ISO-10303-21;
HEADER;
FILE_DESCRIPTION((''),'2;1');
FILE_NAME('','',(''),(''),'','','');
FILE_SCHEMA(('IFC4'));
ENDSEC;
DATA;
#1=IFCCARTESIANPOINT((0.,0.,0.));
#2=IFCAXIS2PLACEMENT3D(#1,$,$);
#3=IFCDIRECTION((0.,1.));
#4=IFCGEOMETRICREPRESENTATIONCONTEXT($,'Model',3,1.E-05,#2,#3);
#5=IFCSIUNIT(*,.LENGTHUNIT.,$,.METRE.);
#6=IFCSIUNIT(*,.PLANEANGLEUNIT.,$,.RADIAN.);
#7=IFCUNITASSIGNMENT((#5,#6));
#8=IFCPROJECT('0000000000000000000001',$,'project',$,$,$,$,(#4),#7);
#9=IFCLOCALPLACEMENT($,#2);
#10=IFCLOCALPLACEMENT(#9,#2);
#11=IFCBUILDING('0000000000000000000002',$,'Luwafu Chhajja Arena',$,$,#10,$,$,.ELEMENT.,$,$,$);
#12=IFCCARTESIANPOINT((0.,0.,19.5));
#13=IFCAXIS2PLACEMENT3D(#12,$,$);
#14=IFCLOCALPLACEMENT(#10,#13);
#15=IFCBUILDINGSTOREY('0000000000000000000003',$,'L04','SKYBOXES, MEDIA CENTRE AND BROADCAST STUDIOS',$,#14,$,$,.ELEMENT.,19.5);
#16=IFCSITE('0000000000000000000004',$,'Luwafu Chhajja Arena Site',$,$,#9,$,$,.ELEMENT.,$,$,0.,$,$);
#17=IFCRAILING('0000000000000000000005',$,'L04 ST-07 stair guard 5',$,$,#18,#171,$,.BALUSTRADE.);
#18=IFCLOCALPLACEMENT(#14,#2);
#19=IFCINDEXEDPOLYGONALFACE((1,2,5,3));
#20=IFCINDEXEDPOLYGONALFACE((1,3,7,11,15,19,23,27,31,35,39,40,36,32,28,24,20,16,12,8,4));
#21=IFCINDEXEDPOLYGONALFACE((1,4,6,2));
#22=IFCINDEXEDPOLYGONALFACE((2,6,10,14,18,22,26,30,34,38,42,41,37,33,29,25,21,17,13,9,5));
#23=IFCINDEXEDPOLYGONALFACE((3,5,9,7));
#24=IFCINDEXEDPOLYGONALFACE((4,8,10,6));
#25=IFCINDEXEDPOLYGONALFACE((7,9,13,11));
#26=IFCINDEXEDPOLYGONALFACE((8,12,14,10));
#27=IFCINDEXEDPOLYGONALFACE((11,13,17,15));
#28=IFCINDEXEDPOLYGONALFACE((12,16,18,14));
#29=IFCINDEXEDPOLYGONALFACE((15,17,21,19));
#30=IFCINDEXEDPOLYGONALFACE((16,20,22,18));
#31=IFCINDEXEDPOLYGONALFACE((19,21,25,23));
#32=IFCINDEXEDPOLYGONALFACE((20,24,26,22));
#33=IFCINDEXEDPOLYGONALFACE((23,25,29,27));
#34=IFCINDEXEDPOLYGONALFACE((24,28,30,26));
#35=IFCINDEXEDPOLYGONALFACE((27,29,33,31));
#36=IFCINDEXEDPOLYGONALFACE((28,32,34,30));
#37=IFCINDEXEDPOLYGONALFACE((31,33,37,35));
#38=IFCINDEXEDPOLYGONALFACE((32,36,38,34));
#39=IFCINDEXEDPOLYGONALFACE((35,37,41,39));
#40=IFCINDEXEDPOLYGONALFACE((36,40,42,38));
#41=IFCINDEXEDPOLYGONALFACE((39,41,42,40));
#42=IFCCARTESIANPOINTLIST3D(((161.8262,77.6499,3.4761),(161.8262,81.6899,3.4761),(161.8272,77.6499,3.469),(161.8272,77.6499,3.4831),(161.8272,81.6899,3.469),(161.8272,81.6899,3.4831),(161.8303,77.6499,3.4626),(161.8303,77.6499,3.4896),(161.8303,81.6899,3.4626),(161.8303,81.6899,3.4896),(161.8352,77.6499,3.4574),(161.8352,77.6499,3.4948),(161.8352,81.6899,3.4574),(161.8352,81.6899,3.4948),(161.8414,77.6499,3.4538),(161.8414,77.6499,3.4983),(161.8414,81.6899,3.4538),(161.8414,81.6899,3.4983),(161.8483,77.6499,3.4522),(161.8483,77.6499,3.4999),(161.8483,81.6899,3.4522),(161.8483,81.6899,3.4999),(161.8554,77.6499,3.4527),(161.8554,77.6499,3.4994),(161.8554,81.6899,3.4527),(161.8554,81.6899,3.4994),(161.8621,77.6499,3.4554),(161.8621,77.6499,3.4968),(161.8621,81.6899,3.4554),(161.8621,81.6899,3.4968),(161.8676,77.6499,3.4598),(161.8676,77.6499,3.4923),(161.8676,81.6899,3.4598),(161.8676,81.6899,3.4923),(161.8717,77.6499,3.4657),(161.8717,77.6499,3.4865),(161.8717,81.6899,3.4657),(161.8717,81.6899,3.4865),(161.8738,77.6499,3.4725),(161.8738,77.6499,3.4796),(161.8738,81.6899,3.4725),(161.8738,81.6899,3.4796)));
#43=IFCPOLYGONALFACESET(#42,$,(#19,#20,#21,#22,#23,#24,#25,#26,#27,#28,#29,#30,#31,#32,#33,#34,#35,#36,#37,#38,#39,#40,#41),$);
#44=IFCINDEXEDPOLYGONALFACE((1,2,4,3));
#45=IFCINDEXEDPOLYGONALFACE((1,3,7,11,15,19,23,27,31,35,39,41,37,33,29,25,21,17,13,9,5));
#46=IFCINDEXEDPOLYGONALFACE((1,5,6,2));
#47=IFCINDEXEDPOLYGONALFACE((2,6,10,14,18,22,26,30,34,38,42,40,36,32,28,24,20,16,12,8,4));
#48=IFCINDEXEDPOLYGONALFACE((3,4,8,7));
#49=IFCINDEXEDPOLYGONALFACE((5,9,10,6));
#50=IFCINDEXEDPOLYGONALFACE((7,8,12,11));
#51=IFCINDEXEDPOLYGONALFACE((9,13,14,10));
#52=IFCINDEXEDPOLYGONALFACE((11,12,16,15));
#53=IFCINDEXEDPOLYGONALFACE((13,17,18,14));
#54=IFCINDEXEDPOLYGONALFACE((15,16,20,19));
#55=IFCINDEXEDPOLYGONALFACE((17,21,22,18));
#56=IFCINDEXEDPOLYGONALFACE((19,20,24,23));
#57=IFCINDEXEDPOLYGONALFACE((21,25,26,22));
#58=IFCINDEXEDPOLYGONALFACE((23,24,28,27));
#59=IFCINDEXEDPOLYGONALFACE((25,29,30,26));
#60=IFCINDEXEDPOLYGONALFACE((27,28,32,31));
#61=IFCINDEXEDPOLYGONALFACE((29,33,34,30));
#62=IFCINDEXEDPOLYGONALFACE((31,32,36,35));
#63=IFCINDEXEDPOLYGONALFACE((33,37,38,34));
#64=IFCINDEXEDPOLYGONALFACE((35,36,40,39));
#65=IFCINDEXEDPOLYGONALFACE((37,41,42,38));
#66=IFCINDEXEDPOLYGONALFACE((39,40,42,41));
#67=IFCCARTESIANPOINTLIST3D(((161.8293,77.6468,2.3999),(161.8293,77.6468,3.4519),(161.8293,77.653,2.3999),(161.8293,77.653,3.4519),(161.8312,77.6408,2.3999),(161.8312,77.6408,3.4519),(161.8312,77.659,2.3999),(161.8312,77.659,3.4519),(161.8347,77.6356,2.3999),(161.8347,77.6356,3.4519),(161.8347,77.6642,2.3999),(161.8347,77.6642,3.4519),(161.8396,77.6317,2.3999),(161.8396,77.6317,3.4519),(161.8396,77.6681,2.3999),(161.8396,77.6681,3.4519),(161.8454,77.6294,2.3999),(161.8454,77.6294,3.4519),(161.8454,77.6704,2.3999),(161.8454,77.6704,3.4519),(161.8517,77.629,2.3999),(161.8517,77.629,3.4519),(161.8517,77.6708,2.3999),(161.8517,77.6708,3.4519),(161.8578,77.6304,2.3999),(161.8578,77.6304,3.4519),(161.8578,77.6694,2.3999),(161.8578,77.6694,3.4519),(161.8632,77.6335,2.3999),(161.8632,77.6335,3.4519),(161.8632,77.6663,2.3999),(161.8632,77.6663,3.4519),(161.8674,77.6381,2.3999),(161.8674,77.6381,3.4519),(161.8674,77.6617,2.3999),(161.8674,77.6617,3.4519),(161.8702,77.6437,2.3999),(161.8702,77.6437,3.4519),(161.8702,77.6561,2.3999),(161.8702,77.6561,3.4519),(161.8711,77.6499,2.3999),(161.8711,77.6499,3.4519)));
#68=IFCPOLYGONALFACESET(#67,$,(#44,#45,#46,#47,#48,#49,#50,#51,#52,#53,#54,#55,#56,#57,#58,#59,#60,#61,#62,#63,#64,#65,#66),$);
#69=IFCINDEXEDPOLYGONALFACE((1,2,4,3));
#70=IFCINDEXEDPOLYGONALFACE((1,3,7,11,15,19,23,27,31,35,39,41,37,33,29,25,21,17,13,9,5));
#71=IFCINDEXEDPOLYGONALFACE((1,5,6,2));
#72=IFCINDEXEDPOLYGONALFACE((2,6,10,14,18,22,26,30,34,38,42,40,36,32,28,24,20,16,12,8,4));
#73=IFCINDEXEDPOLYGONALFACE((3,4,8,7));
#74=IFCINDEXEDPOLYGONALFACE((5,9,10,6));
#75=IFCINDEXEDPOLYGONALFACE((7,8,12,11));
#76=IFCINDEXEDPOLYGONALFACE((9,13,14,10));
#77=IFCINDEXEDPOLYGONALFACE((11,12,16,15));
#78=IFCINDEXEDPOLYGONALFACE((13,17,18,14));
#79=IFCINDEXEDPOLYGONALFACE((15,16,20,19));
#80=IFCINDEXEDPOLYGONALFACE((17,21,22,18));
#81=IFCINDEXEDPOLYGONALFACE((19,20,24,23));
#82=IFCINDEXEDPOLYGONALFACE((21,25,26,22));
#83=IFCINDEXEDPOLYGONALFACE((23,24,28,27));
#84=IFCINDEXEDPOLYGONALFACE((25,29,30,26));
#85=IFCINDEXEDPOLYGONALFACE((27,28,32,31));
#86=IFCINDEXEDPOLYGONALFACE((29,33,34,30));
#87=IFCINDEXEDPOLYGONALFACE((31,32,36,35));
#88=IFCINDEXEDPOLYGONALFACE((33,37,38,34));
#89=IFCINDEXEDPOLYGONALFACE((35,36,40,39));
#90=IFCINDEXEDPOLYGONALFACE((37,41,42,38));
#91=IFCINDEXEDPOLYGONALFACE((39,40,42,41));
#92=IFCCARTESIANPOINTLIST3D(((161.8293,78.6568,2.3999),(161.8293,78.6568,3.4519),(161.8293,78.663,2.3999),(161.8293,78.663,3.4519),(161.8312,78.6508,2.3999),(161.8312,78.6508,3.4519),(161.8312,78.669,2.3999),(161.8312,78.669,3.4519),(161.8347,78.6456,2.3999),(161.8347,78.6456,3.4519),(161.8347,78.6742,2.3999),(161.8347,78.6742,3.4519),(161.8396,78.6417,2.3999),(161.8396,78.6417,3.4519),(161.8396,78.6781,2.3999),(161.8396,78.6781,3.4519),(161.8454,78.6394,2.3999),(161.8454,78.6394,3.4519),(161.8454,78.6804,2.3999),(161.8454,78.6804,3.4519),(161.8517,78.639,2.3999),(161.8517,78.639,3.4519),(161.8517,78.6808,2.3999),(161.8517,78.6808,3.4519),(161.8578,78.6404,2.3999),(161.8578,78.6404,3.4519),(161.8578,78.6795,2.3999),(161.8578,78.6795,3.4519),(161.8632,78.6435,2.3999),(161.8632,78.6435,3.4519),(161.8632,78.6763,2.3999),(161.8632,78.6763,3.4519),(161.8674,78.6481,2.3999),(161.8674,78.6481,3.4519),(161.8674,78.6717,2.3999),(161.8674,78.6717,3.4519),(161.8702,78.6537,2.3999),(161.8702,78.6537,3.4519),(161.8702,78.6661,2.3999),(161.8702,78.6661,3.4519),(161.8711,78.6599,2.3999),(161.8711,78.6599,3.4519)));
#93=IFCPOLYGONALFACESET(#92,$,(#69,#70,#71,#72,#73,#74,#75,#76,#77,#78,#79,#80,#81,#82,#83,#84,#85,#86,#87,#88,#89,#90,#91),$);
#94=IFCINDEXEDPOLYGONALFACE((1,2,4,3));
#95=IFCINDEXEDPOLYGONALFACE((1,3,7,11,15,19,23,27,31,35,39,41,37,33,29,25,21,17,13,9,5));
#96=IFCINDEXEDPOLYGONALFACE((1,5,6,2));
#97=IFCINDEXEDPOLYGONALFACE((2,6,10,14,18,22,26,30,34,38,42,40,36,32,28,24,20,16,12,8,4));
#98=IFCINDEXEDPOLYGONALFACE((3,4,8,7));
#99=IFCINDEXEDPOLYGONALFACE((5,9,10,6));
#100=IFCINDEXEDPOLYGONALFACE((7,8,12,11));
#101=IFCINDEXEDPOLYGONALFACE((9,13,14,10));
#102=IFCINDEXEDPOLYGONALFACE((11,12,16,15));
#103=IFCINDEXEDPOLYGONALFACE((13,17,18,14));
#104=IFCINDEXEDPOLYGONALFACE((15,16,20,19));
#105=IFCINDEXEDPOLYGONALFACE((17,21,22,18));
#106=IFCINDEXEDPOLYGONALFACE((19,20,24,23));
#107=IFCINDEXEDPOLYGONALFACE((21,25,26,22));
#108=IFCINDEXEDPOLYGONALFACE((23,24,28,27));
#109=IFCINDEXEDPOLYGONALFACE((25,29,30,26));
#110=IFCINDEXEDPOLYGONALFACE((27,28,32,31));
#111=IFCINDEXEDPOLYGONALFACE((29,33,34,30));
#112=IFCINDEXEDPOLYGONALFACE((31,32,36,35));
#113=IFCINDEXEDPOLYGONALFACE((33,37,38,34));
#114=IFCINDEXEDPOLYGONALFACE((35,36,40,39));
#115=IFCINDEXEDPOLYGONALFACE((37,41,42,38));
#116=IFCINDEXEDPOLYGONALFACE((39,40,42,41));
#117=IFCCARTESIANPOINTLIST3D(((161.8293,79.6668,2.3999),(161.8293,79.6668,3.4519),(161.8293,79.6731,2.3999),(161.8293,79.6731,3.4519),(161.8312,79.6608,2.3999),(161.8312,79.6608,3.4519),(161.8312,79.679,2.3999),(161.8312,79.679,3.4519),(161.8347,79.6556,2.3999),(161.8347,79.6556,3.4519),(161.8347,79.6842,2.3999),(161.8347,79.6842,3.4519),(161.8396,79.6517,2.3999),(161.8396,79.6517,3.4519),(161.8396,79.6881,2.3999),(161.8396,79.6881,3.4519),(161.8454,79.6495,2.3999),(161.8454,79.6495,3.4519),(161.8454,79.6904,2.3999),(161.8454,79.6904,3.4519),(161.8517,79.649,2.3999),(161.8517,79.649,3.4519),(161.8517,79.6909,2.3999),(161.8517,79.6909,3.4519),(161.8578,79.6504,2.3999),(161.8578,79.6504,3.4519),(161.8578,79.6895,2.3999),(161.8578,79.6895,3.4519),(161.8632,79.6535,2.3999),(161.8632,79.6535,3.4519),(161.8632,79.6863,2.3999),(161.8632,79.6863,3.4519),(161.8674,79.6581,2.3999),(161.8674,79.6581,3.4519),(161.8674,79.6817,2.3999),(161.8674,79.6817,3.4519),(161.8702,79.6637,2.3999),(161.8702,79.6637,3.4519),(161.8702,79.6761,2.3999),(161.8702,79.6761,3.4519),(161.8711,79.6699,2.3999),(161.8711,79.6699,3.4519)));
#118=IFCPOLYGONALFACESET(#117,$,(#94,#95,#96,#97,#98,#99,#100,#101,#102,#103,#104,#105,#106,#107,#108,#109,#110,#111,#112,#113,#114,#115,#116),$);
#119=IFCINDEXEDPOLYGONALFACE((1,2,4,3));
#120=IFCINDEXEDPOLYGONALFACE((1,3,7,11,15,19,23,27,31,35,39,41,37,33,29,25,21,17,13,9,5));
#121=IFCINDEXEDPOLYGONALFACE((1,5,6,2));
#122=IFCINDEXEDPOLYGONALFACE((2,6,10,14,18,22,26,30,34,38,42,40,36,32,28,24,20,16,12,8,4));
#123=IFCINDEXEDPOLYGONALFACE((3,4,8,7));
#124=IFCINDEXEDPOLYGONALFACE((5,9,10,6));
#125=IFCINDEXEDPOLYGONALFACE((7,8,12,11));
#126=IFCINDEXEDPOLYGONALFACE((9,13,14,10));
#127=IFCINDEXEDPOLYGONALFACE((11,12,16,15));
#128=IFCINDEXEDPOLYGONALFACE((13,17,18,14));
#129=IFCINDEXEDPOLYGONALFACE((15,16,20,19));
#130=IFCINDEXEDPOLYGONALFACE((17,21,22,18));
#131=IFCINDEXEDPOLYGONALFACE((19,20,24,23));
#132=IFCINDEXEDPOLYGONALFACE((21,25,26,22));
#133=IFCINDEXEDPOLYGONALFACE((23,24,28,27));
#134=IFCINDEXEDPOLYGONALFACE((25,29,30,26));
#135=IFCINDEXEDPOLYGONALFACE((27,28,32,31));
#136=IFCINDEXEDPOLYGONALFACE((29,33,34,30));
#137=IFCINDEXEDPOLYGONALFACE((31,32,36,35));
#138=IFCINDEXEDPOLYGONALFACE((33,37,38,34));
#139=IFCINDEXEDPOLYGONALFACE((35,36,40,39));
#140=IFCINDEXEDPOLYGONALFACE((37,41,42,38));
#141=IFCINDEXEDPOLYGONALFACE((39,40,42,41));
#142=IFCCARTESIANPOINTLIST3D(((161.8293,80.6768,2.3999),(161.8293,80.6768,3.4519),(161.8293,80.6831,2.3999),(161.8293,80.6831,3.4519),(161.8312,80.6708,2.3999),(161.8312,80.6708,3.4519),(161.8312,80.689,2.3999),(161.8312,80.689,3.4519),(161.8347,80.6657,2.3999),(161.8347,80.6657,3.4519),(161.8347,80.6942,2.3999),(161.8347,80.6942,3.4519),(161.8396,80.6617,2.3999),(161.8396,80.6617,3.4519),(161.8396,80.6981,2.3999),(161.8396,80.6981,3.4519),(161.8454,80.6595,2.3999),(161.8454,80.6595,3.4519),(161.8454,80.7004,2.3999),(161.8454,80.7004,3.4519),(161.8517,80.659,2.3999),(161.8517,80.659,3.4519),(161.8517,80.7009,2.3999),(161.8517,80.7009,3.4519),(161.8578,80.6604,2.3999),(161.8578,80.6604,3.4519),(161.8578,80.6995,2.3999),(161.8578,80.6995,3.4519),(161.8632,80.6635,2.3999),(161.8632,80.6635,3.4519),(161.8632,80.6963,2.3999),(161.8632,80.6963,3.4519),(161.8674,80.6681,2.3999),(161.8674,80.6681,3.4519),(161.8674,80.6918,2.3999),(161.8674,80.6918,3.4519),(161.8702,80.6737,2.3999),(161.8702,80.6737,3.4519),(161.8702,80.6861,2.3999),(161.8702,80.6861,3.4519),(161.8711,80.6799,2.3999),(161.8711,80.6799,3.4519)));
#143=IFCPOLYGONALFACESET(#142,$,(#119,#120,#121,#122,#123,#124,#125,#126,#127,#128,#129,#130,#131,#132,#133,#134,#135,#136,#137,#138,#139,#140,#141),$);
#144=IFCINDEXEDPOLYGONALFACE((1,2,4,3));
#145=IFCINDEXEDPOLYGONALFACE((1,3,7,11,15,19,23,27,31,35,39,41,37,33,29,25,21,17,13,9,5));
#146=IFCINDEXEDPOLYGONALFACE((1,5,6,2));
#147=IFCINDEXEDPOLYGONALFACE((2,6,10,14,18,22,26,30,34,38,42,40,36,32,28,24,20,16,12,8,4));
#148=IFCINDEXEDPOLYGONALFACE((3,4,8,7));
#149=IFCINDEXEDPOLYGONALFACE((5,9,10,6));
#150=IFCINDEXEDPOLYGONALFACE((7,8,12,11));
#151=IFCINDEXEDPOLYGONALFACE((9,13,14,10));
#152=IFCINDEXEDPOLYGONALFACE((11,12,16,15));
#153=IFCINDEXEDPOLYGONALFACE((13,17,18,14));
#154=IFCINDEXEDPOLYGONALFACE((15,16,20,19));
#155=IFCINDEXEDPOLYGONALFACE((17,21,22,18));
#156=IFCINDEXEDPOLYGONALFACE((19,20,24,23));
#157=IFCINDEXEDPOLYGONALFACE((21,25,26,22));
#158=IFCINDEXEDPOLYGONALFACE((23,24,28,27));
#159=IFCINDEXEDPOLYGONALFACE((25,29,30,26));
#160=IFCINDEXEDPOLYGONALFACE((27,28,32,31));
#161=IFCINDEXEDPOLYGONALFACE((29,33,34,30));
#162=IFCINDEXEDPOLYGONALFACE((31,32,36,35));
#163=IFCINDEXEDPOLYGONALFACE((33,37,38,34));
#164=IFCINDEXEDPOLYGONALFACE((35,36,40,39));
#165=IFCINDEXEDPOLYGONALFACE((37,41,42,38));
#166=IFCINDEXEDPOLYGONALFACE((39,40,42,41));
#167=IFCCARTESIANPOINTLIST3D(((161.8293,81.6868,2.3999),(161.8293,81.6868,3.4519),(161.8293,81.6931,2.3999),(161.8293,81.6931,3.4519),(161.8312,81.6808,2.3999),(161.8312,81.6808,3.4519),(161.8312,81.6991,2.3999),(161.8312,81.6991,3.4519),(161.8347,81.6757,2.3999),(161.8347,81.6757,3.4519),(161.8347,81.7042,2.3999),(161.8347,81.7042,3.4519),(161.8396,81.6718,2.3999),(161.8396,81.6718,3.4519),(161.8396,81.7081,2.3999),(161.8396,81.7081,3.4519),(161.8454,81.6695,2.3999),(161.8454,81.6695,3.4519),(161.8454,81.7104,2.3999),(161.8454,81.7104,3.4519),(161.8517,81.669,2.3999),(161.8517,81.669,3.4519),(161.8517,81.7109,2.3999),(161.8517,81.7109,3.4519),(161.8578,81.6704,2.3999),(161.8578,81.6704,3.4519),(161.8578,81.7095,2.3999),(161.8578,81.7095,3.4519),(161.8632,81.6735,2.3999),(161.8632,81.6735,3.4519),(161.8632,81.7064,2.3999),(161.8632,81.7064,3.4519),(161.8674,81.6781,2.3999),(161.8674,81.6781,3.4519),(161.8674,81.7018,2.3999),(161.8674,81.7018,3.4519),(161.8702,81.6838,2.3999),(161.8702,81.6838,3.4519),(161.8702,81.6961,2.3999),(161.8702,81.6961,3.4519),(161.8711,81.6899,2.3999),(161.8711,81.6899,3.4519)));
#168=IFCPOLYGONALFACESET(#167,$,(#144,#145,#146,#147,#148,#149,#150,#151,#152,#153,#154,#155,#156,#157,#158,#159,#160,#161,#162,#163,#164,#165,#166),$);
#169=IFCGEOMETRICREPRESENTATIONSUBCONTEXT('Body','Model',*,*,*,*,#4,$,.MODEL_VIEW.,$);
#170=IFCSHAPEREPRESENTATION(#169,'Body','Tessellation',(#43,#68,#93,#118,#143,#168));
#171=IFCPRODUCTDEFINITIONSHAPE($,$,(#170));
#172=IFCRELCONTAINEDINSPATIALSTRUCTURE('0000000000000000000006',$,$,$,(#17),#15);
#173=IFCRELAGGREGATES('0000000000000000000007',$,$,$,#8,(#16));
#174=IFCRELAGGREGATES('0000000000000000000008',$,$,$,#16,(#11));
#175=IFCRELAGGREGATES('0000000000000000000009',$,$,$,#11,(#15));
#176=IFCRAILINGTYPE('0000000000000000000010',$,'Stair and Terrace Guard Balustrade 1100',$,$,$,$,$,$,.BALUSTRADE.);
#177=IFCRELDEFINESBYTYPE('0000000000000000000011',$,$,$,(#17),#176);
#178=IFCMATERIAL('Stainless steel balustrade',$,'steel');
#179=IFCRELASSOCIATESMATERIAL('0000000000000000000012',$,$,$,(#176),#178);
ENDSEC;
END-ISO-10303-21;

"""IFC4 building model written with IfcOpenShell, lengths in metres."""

from ifc_helpers import new_model, si_unit, direction, frame, origin, origin_2d, place, context, subcontext, project, spatial, circle, extrude, material, type_object, element, save


model = new_model("IFC4")

# Units and contexts
model_context = context("Model", 3, precision=1e-05, world=origin(), true_north=direction((0.0, 1.0)))
body_context = subcontext(model_context, "Body", "Model", "MODEL_VIEW")
ifc_project = project(units=[si_unit("LENGTHUNIT", "METRE"), si_unit("PLANEANGLEUNIT", "RADIAN")], contexts=[model_context])

# Site, building, storey
site_placement = place(None, origin())
site = spatial("IfcSite", under=ifc_project, at=site_placement, Name="Luwafu Chhajja Arena Site", CompositionType="ELEMENT", RefElevation=0.0)
building_placement = place(site_placement, origin())
building = spatial("IfcBuilding", under=site, at=building_placement, Name="Luwafu Chhajja Arena", CompositionType="ELEMENT")
storey_placement = place(building_placement, frame((0.0, 0.0, 19.5)))
storey = spatial("IfcBuildingStorey", under=building, at=storey_placement, Name="L04", Description="SKYBOXES, MEDIA CENTRE AND BROADCAST STUDIOS", CompositionType="ELEMENT", Elevation=19.5)

# Railing
ifc_material_1 = material(Name="Stainless steel balustrade", Category="steel")
railing_type_1 = type_object("IfcRailingType", Name="Stair and Terrace Guard Balustrade 1100", PredefinedType="BALUSTRADE", material=ifc_material_1)
railing_1_placement = place(storey_placement, frame((161.8501, 77.6499, 2.3999)))
element("IfcRailing", 1, at=railing_1_placement, inside=storey, type_object=railing_type_1, Name="L04 ST-07 stair guard 5", PredefinedType="BALUSTRADE", context=body_context, shape_type="SweptSolid", body=[
    extrude(circle(Radius=0.0239, at=origin_2d()), frame((0.0, 0.0, 1.0762), z_axis=(0.0, 1.0, 0.0), x_axis=(-1.0, 0.0, 0.0)), (0.0, 0.0, 1.0), 4.04),
    extrude(circle(Radius=0.021, at=origin_2d()), origin(), (0.0, 0.0, 1.0), 1.052),
    extrude(circle(Radius=0.021, at=origin_2d()), frame((0.0, 1.01, 0.0)), (0.0, 0.0, 1.0), 1.052),
    extrude(circle(Radius=0.021, at=origin_2d()), frame((0.0, 2.02, 0.0)), (0.0, 0.0, 1.0), 1.052),
    extrude(circle(Radius=0.021, at=origin_2d()), frame((0.0, 3.03, 0.0)), (0.0, 0.0, 1.0), 1.052),
    extrude(circle(Radius=0.021, at=origin_2d()), frame((0.0, 4.04, 0.0)), (0.0, 0.0, 1.0), 1.052),
])

save(model, "model.ifc")
